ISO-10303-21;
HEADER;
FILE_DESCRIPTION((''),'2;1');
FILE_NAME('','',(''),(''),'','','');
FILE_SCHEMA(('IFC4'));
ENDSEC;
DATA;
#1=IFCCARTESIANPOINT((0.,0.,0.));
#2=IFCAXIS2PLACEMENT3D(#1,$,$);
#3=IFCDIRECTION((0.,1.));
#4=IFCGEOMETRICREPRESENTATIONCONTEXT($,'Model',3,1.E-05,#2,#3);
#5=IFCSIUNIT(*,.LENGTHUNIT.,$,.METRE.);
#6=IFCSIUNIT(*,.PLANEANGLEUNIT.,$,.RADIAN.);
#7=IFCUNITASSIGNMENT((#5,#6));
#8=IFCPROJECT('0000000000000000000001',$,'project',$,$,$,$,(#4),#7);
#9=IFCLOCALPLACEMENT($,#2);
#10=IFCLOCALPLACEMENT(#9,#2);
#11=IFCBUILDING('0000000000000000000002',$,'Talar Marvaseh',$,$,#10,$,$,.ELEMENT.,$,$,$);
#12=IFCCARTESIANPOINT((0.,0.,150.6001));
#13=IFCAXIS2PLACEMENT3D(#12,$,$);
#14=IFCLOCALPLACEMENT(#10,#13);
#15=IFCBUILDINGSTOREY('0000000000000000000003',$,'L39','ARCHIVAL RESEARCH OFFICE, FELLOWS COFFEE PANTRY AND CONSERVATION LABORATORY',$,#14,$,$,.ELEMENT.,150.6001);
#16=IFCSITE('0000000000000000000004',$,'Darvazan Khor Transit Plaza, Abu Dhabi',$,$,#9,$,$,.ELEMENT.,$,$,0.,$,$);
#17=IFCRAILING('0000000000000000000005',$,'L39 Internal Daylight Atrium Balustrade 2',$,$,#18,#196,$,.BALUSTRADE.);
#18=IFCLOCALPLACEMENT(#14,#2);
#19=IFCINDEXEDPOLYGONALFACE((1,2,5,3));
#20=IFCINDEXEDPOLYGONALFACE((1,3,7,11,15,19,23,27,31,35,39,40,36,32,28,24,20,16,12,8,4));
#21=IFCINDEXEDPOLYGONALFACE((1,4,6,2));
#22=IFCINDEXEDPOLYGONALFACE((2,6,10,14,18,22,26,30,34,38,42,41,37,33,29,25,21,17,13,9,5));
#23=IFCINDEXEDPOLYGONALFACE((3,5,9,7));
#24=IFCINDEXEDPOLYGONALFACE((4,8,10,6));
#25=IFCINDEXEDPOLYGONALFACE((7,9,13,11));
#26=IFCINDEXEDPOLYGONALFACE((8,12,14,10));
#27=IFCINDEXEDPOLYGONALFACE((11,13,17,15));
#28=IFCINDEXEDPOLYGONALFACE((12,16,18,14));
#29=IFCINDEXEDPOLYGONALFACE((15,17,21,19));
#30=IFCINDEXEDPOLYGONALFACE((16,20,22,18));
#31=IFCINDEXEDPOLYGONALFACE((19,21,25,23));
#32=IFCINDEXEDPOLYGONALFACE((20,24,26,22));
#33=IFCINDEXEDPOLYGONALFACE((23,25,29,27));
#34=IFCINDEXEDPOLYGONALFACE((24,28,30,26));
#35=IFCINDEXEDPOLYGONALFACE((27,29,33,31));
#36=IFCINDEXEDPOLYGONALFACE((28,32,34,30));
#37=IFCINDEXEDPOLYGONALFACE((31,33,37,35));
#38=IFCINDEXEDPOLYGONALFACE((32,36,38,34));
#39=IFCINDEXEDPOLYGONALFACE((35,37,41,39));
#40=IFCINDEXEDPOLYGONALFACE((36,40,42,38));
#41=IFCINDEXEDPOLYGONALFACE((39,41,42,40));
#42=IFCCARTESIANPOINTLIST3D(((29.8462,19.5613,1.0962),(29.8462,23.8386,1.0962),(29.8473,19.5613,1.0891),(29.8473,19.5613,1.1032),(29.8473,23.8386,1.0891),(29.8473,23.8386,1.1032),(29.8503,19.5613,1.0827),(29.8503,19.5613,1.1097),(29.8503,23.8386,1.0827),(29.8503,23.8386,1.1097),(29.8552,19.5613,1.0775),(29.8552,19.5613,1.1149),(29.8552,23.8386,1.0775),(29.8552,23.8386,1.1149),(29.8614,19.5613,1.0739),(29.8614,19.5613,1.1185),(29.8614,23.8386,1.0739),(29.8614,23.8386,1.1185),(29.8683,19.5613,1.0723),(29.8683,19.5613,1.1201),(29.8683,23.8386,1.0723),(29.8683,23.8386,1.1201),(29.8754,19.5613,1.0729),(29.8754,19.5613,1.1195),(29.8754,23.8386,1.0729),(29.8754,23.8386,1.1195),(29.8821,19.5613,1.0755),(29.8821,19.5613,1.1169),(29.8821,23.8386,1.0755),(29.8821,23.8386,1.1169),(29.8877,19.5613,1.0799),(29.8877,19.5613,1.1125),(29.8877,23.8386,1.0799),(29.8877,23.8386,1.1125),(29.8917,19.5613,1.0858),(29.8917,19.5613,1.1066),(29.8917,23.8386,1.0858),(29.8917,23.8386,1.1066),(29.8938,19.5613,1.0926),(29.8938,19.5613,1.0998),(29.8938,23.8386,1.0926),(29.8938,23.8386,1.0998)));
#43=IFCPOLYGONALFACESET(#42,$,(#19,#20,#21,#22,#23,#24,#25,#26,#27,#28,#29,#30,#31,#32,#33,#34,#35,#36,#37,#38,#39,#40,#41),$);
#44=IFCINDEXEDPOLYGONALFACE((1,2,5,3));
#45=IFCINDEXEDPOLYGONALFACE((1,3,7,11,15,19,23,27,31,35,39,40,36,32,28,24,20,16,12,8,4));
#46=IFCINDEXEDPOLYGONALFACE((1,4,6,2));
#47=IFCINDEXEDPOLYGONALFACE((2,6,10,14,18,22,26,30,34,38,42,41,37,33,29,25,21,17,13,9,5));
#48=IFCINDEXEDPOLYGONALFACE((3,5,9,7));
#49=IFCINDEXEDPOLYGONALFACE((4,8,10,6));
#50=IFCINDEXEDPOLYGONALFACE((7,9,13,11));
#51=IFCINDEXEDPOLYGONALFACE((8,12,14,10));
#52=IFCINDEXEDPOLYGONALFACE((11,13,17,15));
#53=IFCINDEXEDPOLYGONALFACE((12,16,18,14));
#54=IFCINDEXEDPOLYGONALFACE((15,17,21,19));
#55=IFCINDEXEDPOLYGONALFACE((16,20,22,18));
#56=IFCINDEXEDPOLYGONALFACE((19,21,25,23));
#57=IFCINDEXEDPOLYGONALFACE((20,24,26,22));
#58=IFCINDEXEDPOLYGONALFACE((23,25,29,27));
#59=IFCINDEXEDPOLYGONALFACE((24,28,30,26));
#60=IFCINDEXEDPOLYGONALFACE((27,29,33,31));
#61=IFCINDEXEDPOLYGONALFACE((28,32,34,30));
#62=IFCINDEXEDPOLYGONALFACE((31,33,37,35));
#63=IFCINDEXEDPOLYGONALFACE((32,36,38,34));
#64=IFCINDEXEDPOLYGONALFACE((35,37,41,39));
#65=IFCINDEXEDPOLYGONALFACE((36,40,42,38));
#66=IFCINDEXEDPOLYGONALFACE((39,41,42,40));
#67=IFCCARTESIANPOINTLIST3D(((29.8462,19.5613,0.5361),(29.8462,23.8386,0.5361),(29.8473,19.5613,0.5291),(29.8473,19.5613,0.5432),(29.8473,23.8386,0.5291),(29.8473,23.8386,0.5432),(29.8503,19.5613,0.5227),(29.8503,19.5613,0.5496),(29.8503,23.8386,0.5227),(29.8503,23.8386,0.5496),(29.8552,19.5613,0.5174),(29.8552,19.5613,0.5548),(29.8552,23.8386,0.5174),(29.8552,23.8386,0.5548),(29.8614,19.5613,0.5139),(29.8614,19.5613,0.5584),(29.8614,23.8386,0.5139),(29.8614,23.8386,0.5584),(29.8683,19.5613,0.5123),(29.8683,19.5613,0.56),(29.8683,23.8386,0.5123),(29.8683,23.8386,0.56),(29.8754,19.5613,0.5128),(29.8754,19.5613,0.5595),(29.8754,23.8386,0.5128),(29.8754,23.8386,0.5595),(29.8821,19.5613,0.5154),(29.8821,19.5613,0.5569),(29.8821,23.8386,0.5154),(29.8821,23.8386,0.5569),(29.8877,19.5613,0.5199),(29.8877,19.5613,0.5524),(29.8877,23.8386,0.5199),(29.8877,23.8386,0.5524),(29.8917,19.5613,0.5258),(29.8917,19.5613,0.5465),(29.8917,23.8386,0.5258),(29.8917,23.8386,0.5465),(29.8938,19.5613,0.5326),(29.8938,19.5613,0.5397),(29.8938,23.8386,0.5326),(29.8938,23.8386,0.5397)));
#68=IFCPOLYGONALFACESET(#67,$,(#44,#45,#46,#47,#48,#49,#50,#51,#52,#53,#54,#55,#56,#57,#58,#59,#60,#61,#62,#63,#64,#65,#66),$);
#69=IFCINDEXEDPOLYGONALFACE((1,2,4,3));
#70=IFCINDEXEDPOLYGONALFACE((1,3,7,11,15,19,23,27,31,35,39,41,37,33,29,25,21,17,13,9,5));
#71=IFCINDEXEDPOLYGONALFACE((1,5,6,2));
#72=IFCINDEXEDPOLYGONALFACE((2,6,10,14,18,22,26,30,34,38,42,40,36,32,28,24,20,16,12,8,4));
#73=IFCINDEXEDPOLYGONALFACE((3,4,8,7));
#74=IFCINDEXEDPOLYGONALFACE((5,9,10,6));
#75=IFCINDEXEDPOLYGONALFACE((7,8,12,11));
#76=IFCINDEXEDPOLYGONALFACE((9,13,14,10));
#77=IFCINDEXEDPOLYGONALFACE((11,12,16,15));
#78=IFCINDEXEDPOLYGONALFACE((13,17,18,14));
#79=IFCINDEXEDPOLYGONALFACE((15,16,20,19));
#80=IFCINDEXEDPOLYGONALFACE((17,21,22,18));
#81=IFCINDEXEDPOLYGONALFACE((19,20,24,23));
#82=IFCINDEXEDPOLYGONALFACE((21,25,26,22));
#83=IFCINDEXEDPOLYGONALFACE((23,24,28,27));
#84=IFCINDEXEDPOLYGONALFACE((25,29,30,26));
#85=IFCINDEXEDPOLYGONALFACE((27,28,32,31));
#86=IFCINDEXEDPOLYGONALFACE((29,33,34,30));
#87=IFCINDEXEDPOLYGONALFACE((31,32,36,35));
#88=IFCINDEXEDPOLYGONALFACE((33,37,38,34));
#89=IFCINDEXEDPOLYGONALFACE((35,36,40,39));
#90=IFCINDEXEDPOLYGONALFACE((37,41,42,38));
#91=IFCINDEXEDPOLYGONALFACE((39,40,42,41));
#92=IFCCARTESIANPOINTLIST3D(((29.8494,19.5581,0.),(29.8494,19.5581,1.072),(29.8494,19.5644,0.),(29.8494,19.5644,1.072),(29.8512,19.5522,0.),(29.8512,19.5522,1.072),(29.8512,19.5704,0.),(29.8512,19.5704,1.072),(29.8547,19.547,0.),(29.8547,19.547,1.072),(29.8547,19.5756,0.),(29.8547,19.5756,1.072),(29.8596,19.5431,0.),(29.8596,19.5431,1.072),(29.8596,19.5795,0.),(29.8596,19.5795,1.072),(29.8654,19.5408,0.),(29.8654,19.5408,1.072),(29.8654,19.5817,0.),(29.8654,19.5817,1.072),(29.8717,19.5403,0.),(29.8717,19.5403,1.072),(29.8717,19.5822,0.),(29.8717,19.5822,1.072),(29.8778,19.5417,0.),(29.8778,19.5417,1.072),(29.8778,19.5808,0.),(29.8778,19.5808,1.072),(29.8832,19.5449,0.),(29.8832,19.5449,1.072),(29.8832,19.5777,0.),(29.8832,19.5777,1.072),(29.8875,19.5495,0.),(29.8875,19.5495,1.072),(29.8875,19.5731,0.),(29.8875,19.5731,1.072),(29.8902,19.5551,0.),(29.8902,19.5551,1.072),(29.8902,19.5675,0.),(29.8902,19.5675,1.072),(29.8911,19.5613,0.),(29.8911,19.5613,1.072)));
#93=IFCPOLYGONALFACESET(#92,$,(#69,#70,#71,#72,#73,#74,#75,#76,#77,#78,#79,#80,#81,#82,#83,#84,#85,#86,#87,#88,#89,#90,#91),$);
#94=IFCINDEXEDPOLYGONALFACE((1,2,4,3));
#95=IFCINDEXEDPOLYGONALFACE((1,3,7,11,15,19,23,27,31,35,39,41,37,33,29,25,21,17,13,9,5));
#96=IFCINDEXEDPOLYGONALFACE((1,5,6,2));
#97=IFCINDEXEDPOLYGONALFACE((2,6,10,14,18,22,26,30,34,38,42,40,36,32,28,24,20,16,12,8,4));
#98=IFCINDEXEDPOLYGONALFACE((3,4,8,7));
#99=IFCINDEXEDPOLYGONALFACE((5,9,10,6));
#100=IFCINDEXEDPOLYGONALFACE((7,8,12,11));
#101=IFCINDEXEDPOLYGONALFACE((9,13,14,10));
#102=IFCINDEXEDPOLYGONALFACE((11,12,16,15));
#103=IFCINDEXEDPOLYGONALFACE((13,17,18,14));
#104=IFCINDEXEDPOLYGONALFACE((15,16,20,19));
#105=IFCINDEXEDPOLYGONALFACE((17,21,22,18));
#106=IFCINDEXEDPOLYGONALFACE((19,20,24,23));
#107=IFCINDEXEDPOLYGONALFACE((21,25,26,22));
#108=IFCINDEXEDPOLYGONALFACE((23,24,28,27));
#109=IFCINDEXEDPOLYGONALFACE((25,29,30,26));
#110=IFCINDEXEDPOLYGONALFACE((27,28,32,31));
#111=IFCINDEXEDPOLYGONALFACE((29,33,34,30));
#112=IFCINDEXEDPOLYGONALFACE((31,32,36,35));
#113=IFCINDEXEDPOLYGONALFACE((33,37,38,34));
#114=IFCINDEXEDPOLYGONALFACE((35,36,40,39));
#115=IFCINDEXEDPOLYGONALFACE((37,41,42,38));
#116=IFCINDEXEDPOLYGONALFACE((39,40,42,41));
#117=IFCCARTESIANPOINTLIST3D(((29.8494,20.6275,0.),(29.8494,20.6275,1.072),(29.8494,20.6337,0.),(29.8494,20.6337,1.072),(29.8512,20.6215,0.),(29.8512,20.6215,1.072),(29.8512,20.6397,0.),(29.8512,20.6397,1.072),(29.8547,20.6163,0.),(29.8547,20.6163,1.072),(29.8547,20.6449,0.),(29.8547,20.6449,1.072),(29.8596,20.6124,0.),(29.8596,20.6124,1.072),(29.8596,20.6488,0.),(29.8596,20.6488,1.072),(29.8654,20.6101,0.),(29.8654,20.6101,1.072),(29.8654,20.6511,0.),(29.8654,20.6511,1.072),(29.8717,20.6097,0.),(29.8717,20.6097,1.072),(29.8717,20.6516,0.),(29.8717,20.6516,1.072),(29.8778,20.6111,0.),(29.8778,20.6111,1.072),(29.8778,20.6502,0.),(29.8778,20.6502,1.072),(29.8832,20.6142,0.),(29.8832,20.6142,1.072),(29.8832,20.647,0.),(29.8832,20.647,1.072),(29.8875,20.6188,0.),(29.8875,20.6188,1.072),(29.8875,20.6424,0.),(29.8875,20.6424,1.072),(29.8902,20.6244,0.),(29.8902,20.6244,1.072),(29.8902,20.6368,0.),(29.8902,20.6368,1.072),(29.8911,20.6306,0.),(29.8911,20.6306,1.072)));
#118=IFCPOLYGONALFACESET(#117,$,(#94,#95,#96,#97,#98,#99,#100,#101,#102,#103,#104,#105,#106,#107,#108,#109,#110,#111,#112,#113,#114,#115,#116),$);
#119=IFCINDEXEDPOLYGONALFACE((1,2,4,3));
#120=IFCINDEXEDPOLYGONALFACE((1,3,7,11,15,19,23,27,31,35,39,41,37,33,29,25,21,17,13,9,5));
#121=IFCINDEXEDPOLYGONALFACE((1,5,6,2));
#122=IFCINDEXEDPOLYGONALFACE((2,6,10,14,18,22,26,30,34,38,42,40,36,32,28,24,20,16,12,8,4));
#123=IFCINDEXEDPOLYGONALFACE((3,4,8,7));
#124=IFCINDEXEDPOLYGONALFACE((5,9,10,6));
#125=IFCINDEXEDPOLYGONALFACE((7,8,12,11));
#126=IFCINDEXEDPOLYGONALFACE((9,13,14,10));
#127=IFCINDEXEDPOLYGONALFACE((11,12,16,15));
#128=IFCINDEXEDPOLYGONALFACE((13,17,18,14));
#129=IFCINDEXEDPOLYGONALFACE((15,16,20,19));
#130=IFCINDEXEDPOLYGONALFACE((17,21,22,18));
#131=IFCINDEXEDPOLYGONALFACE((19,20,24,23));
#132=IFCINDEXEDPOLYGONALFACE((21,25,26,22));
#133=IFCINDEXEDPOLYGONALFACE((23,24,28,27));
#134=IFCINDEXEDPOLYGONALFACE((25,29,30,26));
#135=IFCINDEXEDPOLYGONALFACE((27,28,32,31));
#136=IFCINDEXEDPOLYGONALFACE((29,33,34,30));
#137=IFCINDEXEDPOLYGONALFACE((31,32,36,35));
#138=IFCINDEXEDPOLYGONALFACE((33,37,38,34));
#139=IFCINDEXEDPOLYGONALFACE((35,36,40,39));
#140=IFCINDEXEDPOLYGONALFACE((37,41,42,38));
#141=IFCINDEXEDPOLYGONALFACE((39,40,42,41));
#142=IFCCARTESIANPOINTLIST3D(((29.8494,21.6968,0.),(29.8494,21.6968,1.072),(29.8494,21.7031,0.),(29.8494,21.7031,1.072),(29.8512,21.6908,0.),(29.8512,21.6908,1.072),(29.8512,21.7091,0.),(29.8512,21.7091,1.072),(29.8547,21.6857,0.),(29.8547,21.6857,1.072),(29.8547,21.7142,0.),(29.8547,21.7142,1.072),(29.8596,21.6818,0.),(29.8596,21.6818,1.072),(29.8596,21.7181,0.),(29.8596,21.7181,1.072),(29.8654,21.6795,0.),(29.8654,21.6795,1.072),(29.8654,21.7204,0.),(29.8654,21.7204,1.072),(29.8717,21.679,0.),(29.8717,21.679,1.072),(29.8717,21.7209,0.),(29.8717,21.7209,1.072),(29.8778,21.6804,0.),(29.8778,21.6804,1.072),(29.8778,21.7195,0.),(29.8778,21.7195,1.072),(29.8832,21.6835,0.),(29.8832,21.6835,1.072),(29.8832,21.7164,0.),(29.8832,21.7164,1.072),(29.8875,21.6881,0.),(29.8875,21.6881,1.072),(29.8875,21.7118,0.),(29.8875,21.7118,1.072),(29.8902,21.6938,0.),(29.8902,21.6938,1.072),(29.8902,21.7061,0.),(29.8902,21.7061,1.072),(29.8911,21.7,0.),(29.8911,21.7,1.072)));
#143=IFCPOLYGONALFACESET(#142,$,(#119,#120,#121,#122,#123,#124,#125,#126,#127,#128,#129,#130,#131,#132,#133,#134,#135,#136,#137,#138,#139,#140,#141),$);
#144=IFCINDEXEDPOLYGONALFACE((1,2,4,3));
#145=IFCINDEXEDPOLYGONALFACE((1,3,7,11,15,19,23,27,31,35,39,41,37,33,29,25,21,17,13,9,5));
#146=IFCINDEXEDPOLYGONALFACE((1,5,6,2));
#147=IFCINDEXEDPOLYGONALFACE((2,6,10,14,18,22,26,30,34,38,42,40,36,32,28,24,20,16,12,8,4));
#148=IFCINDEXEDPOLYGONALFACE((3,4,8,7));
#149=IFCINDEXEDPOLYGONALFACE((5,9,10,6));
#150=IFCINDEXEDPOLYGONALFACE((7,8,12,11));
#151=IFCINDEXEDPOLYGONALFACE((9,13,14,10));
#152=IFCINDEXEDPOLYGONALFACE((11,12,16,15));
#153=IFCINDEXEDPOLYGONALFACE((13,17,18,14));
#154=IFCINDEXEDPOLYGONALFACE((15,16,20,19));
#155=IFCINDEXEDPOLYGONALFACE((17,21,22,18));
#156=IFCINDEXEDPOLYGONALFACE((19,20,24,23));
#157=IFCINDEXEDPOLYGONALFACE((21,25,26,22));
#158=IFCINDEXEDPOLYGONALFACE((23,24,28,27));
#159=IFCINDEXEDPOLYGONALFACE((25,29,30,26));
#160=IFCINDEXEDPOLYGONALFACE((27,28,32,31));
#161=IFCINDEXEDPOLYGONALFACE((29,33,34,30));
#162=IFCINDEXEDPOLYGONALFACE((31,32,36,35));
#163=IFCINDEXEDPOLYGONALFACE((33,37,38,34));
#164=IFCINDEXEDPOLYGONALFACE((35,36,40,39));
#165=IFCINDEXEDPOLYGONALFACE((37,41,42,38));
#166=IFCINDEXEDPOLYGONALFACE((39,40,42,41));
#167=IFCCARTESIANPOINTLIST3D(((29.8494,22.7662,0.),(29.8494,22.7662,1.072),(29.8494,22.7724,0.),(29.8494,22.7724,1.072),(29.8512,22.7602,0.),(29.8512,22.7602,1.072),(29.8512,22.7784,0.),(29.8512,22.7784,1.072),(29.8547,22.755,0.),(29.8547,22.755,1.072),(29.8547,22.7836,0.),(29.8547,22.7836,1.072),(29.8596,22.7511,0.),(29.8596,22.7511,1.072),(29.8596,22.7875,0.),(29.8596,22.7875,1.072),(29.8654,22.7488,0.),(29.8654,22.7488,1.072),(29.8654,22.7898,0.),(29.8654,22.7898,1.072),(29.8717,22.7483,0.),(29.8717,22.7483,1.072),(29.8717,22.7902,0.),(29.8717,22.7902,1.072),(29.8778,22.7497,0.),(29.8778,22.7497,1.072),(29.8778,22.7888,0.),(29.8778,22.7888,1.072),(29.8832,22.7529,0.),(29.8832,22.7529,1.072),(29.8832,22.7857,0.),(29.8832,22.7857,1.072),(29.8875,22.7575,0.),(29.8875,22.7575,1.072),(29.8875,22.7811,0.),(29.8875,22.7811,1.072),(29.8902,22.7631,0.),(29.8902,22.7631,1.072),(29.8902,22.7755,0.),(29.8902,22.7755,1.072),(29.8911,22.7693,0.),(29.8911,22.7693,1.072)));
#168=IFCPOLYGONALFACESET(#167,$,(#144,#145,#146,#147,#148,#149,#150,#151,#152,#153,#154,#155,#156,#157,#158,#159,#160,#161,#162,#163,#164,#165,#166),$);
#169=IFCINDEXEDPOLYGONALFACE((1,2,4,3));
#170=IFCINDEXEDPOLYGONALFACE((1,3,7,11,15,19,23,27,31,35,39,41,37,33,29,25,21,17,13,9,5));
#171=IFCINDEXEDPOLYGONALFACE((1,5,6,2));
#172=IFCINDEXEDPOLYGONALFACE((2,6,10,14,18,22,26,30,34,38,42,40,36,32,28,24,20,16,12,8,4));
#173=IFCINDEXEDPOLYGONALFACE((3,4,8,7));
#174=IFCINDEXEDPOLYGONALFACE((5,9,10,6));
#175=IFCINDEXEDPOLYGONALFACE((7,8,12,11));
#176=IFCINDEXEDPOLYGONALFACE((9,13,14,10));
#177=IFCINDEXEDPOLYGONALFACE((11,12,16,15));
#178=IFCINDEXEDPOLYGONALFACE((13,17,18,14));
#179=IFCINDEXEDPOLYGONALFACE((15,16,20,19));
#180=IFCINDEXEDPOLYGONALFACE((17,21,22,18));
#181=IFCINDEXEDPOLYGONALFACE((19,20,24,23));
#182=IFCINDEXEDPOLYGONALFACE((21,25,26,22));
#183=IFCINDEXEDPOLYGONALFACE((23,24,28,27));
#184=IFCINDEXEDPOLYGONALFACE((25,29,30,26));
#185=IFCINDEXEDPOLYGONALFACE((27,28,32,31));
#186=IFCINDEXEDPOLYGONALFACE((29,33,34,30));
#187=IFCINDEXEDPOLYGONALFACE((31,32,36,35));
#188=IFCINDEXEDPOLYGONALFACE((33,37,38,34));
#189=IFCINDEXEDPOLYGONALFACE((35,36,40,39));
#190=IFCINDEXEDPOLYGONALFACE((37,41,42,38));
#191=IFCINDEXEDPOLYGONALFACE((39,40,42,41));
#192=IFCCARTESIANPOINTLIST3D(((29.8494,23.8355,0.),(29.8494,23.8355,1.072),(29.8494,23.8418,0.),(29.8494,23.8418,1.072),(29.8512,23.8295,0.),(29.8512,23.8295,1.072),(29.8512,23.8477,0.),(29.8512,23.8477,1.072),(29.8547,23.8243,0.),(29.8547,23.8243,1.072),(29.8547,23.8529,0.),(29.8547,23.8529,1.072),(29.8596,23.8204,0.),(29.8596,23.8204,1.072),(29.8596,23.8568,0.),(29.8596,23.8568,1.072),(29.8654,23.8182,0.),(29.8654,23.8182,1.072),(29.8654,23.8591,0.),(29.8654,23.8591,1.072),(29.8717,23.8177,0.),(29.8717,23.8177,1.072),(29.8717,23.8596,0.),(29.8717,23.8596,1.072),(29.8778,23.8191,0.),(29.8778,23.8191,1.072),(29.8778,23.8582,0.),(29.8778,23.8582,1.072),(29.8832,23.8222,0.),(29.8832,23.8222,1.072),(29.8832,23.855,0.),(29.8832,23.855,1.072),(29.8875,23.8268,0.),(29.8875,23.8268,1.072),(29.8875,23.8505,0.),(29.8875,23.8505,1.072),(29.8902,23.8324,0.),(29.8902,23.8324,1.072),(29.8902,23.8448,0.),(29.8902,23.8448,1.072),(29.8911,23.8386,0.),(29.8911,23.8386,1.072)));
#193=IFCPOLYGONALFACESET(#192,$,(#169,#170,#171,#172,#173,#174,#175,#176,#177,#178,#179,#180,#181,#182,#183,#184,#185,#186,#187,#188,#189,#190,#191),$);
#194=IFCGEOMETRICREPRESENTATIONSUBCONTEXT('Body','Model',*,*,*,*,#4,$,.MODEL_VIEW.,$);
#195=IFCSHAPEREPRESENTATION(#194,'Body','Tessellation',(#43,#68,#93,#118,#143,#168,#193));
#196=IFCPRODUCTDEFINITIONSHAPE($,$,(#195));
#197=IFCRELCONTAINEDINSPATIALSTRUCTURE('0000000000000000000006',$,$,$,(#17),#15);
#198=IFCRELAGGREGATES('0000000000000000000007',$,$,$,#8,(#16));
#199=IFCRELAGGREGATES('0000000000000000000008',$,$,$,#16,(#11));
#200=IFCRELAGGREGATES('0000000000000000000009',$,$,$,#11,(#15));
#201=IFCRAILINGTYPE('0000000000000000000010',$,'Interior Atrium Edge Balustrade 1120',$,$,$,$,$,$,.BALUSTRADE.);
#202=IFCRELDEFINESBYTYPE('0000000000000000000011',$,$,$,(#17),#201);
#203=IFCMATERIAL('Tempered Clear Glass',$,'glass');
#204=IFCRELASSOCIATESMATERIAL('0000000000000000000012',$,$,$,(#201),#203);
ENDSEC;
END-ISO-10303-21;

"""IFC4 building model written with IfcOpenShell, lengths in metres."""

from ifc_helpers import new_model, si_unit, direction, frame, origin, origin_2d, place, context, subcontext, project, spatial, circle, extrude, material, type_object, element, save


model = new_model("IFC4")

# Units and contexts
model_context = context("Model", 3, precision=1e-05, world=origin(), true_north=direction((0.0, 1.0)))
body_context = subcontext(model_context, "Body", "Model", "MODEL_VIEW")
ifc_project = project(units=[si_unit("LENGTHUNIT", "METRE"), si_unit("PLANEANGLEUNIT", "RADIAN")], contexts=[model_context])

# Site, building, storey
site_placement = place(None, origin())
site = spatial("IfcSite", under=ifc_project, at=site_placement, Name="Darvazan Khor Transit Plaza, Abu Dhabi", CompositionType="ELEMENT", RefElevation=0.0)
building_placement = place(site_placement, origin())
building = spatial("IfcBuilding", under=site, at=building_placement, Name="Talar Marvaseh", CompositionType="ELEMENT")
storey_placement = place(building_placement, frame((0.0, 0.0, 150.6001)))
storey = spatial("IfcBuildingStorey", under=building, at=storey_placement, Name="L39", Description="ARCHIVAL RESEARCH OFFICE, FELLOWS COFFEE PANTRY AND CONSERVATION LABORATORY", CompositionType="ELEMENT", Elevation=150.6001)

# Railing
ifc_material_1 = material(Name="Tempered Clear Glass", Category="glass")
railing_type_1 = type_object("IfcRailingType", Name="Interior Atrium Edge Balustrade 1120", PredefinedType="BALUSTRADE", material=ifc_material_1)
railing_1_placement = place(storey_placement, frame((29.8701, 19.5613, 0.0)))
element("IfcRailing", 1, at=railing_1_placement, inside=storey, type_object=railing_type_1, Name="L39 Internal Daylight Atrium Balustrade 2", PredefinedType="BALUSTRADE", context=body_context, shape_type="SweptSolid", body=[
    extrude(circle(Radius=0.0239, at=origin_2d()), frame((0.0, 0.0, 1.0962), z_axis=(0.0, 1.0, 0.0), x_axis=(-1.0, 0.0, 0.0)), (0.0, 0.0, 1.0), 4.2773),
    extrude(circle(Radius=0.0239, at=origin_2d()), frame((0.0, 0.0, 0.5361), z_axis=(0.0, 1.0, 0.0), x_axis=(-1.0, 0.0, 0.0)), (0.0, 0.0, 1.0), 4.2773),
    extrude(circle(Radius=0.021, at=origin_2d()), origin(), (0.0, 0.0, 1.0), 1.072),
    extrude(circle(Radius=0.021, at=origin_2d()), frame((0.0, 1.0693, 0.0)), (0.0, 0.0, 1.0), 1.072),
    extrude(circle(Radius=0.021, at=origin_2d()), frame((0.0, 2.1387, 0.0)), (0.0, 0.0, 1.0), 1.072),
    extrude(circle(Radius=0.021, at=origin_2d()), frame((0.0, 3.208, 0.0)), (0.0, 0.0, 1.0), 1.072),
    extrude(circle(Radius=0.021, at=origin_2d()), frame((0.0, 4.2773, 0.0)), (0.0, 0.0, 1.0), 1.072),
])

save(model, "model.ifc")
